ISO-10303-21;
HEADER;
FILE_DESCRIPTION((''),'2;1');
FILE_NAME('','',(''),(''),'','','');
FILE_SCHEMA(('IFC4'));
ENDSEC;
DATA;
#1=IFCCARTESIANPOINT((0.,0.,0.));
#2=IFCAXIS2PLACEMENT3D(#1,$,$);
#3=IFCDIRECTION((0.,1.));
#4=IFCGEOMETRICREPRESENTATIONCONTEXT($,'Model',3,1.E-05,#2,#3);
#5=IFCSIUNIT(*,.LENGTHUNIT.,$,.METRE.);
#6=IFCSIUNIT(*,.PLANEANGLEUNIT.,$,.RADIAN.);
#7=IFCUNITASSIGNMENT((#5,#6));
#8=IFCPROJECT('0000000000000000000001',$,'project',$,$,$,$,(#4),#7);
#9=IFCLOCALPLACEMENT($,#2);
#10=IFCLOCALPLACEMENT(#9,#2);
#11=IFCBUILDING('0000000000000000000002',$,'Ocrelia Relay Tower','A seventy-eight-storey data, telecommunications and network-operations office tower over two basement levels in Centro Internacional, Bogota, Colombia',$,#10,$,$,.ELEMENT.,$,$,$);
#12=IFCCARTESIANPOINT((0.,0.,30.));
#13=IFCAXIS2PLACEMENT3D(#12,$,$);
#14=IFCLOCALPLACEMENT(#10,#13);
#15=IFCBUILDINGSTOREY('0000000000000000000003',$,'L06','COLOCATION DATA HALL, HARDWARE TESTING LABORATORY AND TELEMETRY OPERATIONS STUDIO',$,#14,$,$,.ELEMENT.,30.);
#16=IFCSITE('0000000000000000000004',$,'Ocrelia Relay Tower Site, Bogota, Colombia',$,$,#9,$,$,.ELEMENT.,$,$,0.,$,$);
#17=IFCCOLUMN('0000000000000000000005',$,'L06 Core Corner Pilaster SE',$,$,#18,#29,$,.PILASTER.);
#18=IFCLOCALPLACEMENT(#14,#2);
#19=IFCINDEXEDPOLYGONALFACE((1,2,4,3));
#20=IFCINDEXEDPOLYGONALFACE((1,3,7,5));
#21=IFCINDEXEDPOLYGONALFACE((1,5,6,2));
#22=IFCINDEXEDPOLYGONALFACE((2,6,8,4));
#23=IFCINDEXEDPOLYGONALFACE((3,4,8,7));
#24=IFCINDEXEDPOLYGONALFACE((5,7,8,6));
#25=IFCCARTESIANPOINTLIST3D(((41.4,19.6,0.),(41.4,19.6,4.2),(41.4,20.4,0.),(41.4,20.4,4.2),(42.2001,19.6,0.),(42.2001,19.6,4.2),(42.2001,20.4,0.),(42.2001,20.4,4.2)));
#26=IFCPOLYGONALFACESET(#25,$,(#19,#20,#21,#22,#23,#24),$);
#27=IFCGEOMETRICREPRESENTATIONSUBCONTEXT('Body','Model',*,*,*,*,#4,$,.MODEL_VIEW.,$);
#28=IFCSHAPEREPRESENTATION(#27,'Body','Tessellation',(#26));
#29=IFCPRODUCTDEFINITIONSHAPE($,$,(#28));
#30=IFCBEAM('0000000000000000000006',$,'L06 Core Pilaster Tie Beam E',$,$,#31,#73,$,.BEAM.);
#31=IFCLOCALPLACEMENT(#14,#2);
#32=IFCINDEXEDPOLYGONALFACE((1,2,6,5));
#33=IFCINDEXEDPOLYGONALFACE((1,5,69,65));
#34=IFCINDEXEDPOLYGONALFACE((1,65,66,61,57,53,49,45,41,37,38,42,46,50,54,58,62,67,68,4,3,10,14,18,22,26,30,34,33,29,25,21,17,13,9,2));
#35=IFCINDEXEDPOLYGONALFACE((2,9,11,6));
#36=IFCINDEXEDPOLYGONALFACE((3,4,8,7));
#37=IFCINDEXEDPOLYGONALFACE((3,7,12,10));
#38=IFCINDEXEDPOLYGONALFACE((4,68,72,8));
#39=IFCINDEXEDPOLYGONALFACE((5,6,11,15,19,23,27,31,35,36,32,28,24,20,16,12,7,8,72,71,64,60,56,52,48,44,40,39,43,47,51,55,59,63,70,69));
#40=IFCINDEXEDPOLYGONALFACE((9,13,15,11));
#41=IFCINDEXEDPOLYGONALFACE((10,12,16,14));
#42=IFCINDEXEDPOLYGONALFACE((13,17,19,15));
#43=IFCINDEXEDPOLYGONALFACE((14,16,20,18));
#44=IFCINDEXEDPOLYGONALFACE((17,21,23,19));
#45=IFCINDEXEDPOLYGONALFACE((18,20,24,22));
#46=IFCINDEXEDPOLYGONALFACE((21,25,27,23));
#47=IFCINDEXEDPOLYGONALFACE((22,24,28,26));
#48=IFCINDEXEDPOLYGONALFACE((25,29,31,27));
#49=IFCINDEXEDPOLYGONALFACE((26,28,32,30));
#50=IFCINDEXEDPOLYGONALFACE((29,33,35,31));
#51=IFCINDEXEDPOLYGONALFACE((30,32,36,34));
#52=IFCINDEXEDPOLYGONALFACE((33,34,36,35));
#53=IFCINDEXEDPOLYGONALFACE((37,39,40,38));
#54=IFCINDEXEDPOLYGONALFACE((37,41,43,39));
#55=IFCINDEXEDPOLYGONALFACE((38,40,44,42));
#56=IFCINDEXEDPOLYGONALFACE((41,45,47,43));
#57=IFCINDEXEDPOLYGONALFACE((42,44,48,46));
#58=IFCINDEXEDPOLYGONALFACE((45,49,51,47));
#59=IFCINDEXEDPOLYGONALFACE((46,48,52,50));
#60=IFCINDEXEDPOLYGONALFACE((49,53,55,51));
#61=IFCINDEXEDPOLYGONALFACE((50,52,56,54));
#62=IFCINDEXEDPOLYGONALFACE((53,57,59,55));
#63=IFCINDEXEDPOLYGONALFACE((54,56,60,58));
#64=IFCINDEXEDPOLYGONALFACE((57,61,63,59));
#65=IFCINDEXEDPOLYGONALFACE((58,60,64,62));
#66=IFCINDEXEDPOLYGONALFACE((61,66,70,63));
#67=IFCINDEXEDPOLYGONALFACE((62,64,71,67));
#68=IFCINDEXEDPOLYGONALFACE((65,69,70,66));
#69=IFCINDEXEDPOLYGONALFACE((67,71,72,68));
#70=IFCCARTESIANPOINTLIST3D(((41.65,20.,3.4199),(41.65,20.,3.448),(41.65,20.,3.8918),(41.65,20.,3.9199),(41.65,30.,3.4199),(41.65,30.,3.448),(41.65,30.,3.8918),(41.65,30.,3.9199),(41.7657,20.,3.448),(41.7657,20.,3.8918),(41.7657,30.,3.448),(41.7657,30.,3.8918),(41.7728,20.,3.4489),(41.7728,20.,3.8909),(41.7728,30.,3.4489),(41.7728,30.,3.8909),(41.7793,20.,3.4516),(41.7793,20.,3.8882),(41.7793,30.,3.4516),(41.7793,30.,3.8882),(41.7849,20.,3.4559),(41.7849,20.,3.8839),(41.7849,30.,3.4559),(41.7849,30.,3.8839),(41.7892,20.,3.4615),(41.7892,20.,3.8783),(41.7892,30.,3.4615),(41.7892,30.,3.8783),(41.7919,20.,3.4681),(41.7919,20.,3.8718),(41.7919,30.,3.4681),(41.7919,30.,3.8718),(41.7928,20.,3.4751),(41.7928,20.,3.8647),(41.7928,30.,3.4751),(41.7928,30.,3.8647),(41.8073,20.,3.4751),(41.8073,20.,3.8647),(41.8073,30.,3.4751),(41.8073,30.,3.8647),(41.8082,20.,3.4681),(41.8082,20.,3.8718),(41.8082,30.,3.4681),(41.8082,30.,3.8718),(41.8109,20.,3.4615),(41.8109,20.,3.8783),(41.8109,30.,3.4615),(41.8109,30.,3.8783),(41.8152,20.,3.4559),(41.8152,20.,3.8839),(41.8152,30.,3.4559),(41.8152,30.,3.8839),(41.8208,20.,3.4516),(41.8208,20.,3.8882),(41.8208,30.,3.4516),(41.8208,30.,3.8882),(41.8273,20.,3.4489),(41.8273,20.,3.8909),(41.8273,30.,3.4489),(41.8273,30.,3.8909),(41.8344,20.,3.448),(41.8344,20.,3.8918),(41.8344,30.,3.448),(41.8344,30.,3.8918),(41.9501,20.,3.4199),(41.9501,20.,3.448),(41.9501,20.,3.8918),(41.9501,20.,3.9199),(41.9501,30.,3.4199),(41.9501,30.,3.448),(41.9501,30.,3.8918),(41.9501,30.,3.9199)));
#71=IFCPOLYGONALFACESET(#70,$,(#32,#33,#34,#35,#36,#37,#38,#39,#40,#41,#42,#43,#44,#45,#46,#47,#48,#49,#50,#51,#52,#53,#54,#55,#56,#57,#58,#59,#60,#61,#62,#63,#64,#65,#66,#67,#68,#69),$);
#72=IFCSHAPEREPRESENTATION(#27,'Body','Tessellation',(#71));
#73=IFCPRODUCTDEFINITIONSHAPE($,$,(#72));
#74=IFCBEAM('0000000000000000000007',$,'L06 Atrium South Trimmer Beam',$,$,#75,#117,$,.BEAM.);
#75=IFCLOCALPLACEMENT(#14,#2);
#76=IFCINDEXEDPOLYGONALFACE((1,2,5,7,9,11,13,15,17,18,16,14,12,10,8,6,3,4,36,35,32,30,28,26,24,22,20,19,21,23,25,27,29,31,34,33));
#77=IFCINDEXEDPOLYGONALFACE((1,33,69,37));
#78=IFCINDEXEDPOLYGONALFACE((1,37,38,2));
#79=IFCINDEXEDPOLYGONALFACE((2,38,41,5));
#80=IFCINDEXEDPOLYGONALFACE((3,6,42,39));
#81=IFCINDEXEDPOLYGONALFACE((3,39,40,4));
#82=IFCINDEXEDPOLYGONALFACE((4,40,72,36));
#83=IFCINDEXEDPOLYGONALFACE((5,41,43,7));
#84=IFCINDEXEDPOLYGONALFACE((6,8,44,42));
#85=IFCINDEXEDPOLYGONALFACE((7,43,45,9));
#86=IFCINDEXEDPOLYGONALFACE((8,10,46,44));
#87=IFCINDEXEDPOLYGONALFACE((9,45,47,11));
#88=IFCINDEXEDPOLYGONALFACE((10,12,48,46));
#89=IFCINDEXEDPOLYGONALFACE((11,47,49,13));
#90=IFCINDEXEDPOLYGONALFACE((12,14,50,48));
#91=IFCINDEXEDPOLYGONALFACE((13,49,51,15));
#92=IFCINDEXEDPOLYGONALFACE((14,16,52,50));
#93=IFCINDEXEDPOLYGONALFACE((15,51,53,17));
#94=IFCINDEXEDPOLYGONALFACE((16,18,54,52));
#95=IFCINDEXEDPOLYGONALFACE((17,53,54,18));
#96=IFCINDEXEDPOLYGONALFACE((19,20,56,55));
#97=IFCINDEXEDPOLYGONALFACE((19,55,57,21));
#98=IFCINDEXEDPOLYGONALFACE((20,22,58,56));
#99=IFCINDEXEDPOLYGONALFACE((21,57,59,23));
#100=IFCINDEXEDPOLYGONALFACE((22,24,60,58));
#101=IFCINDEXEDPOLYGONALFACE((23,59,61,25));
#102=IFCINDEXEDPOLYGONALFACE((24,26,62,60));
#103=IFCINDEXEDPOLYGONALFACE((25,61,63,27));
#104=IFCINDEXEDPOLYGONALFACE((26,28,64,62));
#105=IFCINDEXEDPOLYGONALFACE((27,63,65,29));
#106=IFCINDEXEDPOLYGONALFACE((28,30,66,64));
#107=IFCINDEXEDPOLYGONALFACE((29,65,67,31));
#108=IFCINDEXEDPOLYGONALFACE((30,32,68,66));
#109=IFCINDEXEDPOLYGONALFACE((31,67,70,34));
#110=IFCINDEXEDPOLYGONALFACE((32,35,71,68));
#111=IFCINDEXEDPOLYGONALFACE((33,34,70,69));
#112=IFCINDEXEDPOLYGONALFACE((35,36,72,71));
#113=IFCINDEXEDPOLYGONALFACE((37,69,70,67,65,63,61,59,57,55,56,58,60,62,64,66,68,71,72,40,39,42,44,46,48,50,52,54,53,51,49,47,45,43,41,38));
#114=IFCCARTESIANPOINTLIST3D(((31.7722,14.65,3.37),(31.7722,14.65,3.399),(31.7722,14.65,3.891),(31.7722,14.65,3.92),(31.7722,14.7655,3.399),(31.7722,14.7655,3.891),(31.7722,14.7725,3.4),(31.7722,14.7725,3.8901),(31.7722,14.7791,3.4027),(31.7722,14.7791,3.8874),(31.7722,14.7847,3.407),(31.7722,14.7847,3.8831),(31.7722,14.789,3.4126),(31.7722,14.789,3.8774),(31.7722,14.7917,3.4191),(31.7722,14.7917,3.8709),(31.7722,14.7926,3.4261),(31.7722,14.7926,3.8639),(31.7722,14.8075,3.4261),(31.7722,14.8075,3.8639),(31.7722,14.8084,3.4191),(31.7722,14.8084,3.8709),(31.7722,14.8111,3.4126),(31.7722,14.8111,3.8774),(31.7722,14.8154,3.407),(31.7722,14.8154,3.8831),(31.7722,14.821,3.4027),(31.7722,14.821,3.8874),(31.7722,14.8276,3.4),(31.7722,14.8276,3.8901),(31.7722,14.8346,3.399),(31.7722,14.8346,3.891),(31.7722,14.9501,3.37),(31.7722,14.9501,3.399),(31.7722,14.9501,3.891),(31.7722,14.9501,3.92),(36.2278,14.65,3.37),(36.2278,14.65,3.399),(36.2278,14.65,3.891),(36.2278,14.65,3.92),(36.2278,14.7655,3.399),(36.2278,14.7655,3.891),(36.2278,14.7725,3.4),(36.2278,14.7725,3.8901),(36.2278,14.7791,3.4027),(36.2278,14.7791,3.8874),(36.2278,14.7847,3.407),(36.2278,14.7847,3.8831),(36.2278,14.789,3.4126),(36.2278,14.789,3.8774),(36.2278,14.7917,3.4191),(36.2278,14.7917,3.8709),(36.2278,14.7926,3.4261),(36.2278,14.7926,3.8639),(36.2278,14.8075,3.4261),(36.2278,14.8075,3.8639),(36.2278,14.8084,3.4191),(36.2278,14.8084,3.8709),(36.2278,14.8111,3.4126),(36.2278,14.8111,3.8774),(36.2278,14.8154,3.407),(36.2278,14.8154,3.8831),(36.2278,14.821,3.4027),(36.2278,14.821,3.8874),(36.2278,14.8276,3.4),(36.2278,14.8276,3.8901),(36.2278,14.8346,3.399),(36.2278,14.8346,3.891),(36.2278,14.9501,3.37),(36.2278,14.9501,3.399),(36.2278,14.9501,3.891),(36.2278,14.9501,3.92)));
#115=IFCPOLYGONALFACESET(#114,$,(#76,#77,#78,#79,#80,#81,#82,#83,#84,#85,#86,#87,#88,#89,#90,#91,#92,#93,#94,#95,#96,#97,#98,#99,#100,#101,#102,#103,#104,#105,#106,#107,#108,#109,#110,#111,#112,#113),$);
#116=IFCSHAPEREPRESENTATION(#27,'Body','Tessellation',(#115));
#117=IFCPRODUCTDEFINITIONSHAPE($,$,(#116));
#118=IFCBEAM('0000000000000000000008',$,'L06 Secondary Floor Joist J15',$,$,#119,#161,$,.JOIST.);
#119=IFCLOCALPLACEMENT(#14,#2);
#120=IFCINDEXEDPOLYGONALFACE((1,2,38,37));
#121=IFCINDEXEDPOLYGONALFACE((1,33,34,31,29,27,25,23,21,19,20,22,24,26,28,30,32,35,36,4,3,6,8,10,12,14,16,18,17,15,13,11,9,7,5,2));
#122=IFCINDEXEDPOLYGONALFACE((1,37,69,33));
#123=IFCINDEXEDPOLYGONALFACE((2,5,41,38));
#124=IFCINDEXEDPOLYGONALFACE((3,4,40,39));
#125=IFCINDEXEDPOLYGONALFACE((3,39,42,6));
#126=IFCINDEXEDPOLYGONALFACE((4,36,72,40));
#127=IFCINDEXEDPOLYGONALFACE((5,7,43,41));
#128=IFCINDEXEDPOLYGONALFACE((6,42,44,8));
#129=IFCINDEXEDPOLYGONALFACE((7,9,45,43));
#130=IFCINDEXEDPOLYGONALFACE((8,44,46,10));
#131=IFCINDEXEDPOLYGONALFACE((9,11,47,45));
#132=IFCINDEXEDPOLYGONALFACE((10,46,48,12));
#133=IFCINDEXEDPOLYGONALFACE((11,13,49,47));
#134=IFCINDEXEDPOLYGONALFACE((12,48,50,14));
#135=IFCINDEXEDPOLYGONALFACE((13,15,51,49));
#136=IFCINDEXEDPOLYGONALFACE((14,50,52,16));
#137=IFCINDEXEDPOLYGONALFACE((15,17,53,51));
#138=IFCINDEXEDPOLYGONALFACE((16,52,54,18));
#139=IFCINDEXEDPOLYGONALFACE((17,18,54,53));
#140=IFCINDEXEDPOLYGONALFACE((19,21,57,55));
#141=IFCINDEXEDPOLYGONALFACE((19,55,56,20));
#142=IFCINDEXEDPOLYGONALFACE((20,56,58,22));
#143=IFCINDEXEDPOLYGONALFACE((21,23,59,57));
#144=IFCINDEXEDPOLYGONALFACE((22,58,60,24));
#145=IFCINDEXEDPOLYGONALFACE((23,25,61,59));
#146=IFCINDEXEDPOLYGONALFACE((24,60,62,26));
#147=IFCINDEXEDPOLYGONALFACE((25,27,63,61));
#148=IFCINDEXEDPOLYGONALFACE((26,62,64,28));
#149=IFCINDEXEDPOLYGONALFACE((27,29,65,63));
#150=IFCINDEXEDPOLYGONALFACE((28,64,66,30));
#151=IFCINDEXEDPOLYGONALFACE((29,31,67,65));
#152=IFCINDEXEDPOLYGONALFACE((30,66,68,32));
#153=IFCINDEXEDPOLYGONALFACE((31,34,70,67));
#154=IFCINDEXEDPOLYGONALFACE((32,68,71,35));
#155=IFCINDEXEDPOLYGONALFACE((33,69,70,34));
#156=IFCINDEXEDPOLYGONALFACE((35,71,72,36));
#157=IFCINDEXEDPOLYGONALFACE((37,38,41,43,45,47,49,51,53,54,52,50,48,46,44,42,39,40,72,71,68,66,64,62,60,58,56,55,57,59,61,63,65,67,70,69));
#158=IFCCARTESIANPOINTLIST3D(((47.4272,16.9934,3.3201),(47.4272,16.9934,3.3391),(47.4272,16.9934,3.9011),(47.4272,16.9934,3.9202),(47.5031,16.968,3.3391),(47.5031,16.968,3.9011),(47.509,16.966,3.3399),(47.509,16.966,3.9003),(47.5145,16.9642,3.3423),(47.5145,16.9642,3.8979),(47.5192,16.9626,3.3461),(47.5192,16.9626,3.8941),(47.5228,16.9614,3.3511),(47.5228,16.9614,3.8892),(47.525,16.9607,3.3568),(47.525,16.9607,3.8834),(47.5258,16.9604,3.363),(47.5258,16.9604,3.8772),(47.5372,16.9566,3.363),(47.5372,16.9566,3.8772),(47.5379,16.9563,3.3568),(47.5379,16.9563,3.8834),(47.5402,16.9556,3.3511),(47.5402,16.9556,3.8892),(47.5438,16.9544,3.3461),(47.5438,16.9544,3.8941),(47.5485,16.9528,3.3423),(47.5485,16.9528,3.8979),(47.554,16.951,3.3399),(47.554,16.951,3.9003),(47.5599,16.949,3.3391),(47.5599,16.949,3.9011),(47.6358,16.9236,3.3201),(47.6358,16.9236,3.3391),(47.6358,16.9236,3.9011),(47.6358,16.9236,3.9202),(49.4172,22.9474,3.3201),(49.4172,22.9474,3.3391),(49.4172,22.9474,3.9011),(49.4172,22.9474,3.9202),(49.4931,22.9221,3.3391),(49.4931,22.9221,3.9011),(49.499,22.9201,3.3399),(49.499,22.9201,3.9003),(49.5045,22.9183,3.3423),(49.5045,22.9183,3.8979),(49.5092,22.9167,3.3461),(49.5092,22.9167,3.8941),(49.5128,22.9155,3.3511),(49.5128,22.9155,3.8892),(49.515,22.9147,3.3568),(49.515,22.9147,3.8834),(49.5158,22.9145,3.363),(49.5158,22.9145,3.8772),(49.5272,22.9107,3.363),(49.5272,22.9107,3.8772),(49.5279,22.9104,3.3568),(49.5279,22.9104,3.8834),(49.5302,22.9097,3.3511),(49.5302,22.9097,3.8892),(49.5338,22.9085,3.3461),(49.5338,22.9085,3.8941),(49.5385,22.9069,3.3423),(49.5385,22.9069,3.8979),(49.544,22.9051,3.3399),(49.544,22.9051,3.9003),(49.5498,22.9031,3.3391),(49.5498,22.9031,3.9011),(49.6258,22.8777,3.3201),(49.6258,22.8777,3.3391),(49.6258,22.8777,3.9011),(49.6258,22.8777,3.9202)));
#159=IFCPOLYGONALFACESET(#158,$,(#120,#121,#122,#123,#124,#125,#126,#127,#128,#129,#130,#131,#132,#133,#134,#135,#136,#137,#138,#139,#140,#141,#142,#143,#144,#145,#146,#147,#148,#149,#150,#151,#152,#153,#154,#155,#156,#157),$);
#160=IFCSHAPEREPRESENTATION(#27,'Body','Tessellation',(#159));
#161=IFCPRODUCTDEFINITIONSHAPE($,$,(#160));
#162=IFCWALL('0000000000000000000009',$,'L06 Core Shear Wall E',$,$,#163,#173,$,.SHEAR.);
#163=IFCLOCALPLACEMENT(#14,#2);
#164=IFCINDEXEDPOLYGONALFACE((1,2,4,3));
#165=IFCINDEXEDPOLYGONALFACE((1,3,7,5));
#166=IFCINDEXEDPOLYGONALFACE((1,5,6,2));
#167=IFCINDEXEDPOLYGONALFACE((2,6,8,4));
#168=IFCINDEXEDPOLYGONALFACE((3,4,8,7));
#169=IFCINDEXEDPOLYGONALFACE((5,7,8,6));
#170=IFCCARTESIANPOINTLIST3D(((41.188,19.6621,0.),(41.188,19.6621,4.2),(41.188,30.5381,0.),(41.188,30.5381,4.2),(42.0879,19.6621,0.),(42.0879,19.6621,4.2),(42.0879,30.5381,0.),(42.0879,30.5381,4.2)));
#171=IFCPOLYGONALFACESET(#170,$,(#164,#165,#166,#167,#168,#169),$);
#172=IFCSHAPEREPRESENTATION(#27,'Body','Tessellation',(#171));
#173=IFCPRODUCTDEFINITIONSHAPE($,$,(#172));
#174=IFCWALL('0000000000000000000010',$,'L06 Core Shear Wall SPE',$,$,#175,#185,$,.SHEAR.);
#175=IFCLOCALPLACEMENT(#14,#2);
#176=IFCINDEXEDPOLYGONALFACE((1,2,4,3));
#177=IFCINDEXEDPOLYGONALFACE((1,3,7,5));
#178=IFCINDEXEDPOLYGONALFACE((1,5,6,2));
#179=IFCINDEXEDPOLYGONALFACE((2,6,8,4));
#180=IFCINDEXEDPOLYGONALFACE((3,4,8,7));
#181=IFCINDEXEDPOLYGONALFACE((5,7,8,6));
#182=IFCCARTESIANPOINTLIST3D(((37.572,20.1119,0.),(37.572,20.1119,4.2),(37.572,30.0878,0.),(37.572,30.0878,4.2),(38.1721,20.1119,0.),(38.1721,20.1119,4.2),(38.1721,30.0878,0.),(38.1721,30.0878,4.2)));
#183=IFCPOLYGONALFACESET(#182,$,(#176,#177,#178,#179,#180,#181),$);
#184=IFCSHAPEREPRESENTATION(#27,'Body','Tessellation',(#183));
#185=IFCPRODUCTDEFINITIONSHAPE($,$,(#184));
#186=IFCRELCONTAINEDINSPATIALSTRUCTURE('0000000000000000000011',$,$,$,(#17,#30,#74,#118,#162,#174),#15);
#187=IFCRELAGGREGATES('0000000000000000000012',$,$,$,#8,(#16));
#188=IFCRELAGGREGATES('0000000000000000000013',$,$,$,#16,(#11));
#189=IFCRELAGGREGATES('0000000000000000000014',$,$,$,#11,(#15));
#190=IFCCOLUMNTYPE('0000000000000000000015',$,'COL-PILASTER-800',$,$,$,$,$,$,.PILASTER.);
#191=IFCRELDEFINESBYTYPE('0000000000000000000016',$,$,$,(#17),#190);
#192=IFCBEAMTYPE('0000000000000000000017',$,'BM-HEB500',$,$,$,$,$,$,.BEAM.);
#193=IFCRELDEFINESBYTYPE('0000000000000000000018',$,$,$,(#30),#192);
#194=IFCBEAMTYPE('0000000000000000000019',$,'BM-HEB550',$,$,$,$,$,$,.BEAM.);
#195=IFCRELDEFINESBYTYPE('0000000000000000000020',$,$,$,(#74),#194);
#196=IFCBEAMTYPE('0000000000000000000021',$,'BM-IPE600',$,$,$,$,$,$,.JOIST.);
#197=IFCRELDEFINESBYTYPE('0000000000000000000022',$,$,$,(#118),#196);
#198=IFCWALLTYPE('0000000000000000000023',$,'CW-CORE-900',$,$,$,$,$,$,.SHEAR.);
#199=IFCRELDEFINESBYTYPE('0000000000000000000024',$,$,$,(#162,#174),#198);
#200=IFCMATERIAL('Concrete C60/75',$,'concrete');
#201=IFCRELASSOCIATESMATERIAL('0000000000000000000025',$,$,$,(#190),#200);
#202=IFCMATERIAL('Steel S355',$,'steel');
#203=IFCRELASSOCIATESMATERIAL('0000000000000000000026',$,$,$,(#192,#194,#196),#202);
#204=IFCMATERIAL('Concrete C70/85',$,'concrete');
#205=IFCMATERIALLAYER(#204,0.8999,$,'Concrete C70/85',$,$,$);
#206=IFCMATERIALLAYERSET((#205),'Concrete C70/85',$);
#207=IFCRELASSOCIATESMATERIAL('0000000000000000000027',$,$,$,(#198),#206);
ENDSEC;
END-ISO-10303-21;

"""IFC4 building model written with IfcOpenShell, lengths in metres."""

from ifc_helpers import new_model, si_unit, direction, frame, frame_2d, origin, origin_2d, place, context, subcontext, project, spatial, rectangle, i_section, extrude, material, layer, layer_set, material_profile, profile_set, type_object, element, save


model = new_model("IFC4")

# Units and contexts
model_context = context("Model", 3, precision=1e-05, world=origin(), true_north=direction((0.0, 1.0)))
body_context = subcontext(model_context, "Body", "Model", "MODEL_VIEW")
ifc_project = project(units=[si_unit("LENGTHUNIT", "METRE"), si_unit("PLANEANGLEUNIT", "RADIAN")], contexts=[model_context])

# Site, building, storey
site_placement = place(None, origin())
site = spatial("IfcSite", under=ifc_project, at=site_placement, Name="Ocrelia Relay Tower Site, Bogota, Colombia", CompositionType="ELEMENT", RefElevation=0.0)
building_placement = place(site_placement, origin())
building = spatial("IfcBuilding", under=site, at=building_placement, Name="Ocrelia Relay Tower", Description="A seventy-eight-storey data, telecommunications and network-operations office tower over two basement levels in Centro Internacional, Bogota, Colombia", CompositionType="ELEMENT")
storey_placement = place(building_placement, frame((0.0, 0.0, 30.0)))
storey = spatial("IfcBuildingStorey", under=building, at=storey_placement, Name="L06", Description="COLOCATION DATA HALL, HARDWARE TESTING LABORATORY AND TELEMETRY OPERATIONS STUDIO", CompositionType="ELEMENT", Elevation=30.0)

# Column
ifc_material_1 = material(Name="Concrete C60/75", Category="concrete")
ifc_material_profile_1 = material_profile(ifc_material_1, rectangle(XDim=0.8, YDim=0.8, at=origin_2d()), Name="RC-COL-800x800")
ifc_profile_set_1 = profile_set([ifc_material_profile_1], Name="Concrete C60/75")
column_type = type_object("IfcColumnType", Name="COL-PILASTER-800", PredefinedType="PILASTER", material=ifc_profile_set_1)
column_placement = place(storey_placement, frame((41.8, 20.0, 0.0), z_axis=(0.0, 0.0, 1.0), x_axis=(1.0, 0.0, 0.0)))
element("IfcColumn", 1, at=column_placement, inside=storey, type_object=column_type, Name="L06 Core Corner Pilaster SE", PredefinedType="PILASTER", context=body_context, shape_type="SweptSolid", body=[
    extrude(rectangle(XDim=0.8, YDim=0.8, at=origin_2d()), origin(), (0.0, 0.0, 1.0), 4.2),
])

# Beams
ifc_material_2 = material(Name="Steel S355", Category="steel")
ifc_material_profile_2 = material_profile(ifc_material_2, i_section(OverallWidth=0.3, OverallDepth=0.5, WebThickness=0.0144, FlangeThickness=0.0281, FilletRadius=0.0271, at=origin_2d()), Name="HEB 500")
ifc_profile_set_2 = profile_set([ifc_material_profile_2], Name="Steel S355")
beam_type_1 = type_object("IfcBeamType", Name="BM-HEB500", PredefinedType="BEAM", material=ifc_profile_set_2)
beam_1_placement = place(storey_placement, frame((41.8, 20.0, 3.6699), z_axis=(0.0, 1.0, 0.0), x_axis=(-1.0, 0.0, 0.0)))
element("IfcBeam", 2, at=beam_1_placement, inside=storey, type_object=beam_type_1, Name="L06 Core Pilaster Tie Beam E", PredefinedType="BEAM", context=body_context, shape_type="SweptSolid", body=[
    extrude(i_section(OverallWidth=0.3, OverallDepth=0.5, WebThickness=0.0144, FlangeThickness=0.0281, FilletRadius=0.0271, at=origin_2d()), origin(), (0.0, 0.0, 1.0), 10.0),
])
ifc_material_profile_3 = material_profile(ifc_material_2, i_section(OverallWidth=0.3, OverallDepth=0.55, WebThickness=0.0149, FlangeThickness=0.0291, FilletRadius=0.0271, at=origin_2d()), Name="HEB 550")
ifc_profile_set_3 = profile_set([ifc_material_profile_3], Name="Steel S355")
beam_type_2 = type_object("IfcBeamType", Name="BM-HEB550", PredefinedType="BEAM", material=ifc_profile_set_3)
beam_2_placement = place(storey_placement, frame((31.7722, 14.8, 3.645), z_axis=(1.0, 0.0, 0.0), x_axis=(0.0, 1.0, 0.0)))
element("IfcBeam", 3, at=beam_2_placement, inside=storey, type_object=beam_type_2, Name="L06 Atrium South Trimmer Beam", PredefinedType="BEAM", context=body_context, shape_type="SweptSolid", body=[
    extrude(i_section(OverallWidth=0.3, OverallDepth=0.55, WebThickness=0.0149, FlangeThickness=0.0291, FilletRadius=0.0271, at=origin_2d()), origin(), (0.0, 0.0, 1.0), 4.4556),
])
ifc_material_profile_4 = material_profile(ifc_material_2, i_section(OverallWidth=0.22, OverallDepth=0.6001, WebThickness=0.012, FlangeThickness=0.019, FilletRadius=0.0239, at=origin_2d()), Name="IPE 600")
ifc_profile_set_4 = profile_set([ifc_material_profile_4], Name="Steel S355")
beam_type_3 = type_object("IfcBeamType", Name="BM-IPE600", PredefinedType="JOIST", material=ifc_profile_set_4)
beam_3_placement = place(storey_placement, frame((47.5315, 16.9585, 3.6201), z_axis=(0.316986, 0.94843, 0.0), x_axis=(-0.94843, 0.316986, 0.0)))
element("IfcBeam", 4, at=beam_3_placement, inside=storey, type_object=beam_type_3, Name="L06 Secondary Floor Joist J15", PredefinedType="JOIST", context=body_context, shape_type="SweptSolid", body=[
    extrude(i_section(OverallWidth=0.22, OverallDepth=0.6001, WebThickness=0.012, FlangeThickness=0.019, FilletRadius=0.0239, at=origin_2d()), origin(), (0.0, 0.0, 1.0), 6.2778),
])

# Walls
ifc_material_3 = material(Name="Concrete C70/85", Category="concrete")
ifc_layer_1 = layer(ifc_material_3, 0.8999, Name="Concrete C70/85")
ifc_layer_set_1 = layer_set([ifc_layer_1], Name="Concrete C70/85")
wall_type_1 = type_object("IfcWallType", Name="CW-CORE-900", PredefinedType="SHEAR", material=ifc_layer_set_1)
wall_1_placement = place(storey_placement, frame((41.6379, 19.6621, 0.0), z_axis=(0.0, 0.0, 1.0), x_axis=(0.0, 1.0, 0.0)))
element("IfcWall", 5, at=wall_1_placement, inside=storey, type_object=wall_type_1, Name="L06 Core Shear Wall E", PredefinedType="SHEAR", context=body_context, shape_type="SweptSolid", body=[
    extrude(rectangle(XDim=10.876, YDim=0.8999, at=frame_2d((5.438, 0.0))), origin(), (0.0, 0.0, 1.0), 4.2),
])
wall_2_placement = place(storey_placement, frame((37.8721, 20.1121, 0.0), z_axis=(0.0, 0.0, 1.0), x_axis=(0.0, 1.0, 0.0)))
element("IfcWall", 6, at=wall_2_placement, inside=storey, type_object=wall_type_1, Name="L06 Core Shear Wall SPE", PredefinedType="SHEAR", context=body_context, shape_type="SweptSolid", body=[
    extrude(rectangle(XDim=9.9758, YDim=0.6001, at=frame_2d((4.9878, 0.0))), origin(), (0.0, 0.0, 1.0), 4.2),
])

save(model, "model.ifc")
